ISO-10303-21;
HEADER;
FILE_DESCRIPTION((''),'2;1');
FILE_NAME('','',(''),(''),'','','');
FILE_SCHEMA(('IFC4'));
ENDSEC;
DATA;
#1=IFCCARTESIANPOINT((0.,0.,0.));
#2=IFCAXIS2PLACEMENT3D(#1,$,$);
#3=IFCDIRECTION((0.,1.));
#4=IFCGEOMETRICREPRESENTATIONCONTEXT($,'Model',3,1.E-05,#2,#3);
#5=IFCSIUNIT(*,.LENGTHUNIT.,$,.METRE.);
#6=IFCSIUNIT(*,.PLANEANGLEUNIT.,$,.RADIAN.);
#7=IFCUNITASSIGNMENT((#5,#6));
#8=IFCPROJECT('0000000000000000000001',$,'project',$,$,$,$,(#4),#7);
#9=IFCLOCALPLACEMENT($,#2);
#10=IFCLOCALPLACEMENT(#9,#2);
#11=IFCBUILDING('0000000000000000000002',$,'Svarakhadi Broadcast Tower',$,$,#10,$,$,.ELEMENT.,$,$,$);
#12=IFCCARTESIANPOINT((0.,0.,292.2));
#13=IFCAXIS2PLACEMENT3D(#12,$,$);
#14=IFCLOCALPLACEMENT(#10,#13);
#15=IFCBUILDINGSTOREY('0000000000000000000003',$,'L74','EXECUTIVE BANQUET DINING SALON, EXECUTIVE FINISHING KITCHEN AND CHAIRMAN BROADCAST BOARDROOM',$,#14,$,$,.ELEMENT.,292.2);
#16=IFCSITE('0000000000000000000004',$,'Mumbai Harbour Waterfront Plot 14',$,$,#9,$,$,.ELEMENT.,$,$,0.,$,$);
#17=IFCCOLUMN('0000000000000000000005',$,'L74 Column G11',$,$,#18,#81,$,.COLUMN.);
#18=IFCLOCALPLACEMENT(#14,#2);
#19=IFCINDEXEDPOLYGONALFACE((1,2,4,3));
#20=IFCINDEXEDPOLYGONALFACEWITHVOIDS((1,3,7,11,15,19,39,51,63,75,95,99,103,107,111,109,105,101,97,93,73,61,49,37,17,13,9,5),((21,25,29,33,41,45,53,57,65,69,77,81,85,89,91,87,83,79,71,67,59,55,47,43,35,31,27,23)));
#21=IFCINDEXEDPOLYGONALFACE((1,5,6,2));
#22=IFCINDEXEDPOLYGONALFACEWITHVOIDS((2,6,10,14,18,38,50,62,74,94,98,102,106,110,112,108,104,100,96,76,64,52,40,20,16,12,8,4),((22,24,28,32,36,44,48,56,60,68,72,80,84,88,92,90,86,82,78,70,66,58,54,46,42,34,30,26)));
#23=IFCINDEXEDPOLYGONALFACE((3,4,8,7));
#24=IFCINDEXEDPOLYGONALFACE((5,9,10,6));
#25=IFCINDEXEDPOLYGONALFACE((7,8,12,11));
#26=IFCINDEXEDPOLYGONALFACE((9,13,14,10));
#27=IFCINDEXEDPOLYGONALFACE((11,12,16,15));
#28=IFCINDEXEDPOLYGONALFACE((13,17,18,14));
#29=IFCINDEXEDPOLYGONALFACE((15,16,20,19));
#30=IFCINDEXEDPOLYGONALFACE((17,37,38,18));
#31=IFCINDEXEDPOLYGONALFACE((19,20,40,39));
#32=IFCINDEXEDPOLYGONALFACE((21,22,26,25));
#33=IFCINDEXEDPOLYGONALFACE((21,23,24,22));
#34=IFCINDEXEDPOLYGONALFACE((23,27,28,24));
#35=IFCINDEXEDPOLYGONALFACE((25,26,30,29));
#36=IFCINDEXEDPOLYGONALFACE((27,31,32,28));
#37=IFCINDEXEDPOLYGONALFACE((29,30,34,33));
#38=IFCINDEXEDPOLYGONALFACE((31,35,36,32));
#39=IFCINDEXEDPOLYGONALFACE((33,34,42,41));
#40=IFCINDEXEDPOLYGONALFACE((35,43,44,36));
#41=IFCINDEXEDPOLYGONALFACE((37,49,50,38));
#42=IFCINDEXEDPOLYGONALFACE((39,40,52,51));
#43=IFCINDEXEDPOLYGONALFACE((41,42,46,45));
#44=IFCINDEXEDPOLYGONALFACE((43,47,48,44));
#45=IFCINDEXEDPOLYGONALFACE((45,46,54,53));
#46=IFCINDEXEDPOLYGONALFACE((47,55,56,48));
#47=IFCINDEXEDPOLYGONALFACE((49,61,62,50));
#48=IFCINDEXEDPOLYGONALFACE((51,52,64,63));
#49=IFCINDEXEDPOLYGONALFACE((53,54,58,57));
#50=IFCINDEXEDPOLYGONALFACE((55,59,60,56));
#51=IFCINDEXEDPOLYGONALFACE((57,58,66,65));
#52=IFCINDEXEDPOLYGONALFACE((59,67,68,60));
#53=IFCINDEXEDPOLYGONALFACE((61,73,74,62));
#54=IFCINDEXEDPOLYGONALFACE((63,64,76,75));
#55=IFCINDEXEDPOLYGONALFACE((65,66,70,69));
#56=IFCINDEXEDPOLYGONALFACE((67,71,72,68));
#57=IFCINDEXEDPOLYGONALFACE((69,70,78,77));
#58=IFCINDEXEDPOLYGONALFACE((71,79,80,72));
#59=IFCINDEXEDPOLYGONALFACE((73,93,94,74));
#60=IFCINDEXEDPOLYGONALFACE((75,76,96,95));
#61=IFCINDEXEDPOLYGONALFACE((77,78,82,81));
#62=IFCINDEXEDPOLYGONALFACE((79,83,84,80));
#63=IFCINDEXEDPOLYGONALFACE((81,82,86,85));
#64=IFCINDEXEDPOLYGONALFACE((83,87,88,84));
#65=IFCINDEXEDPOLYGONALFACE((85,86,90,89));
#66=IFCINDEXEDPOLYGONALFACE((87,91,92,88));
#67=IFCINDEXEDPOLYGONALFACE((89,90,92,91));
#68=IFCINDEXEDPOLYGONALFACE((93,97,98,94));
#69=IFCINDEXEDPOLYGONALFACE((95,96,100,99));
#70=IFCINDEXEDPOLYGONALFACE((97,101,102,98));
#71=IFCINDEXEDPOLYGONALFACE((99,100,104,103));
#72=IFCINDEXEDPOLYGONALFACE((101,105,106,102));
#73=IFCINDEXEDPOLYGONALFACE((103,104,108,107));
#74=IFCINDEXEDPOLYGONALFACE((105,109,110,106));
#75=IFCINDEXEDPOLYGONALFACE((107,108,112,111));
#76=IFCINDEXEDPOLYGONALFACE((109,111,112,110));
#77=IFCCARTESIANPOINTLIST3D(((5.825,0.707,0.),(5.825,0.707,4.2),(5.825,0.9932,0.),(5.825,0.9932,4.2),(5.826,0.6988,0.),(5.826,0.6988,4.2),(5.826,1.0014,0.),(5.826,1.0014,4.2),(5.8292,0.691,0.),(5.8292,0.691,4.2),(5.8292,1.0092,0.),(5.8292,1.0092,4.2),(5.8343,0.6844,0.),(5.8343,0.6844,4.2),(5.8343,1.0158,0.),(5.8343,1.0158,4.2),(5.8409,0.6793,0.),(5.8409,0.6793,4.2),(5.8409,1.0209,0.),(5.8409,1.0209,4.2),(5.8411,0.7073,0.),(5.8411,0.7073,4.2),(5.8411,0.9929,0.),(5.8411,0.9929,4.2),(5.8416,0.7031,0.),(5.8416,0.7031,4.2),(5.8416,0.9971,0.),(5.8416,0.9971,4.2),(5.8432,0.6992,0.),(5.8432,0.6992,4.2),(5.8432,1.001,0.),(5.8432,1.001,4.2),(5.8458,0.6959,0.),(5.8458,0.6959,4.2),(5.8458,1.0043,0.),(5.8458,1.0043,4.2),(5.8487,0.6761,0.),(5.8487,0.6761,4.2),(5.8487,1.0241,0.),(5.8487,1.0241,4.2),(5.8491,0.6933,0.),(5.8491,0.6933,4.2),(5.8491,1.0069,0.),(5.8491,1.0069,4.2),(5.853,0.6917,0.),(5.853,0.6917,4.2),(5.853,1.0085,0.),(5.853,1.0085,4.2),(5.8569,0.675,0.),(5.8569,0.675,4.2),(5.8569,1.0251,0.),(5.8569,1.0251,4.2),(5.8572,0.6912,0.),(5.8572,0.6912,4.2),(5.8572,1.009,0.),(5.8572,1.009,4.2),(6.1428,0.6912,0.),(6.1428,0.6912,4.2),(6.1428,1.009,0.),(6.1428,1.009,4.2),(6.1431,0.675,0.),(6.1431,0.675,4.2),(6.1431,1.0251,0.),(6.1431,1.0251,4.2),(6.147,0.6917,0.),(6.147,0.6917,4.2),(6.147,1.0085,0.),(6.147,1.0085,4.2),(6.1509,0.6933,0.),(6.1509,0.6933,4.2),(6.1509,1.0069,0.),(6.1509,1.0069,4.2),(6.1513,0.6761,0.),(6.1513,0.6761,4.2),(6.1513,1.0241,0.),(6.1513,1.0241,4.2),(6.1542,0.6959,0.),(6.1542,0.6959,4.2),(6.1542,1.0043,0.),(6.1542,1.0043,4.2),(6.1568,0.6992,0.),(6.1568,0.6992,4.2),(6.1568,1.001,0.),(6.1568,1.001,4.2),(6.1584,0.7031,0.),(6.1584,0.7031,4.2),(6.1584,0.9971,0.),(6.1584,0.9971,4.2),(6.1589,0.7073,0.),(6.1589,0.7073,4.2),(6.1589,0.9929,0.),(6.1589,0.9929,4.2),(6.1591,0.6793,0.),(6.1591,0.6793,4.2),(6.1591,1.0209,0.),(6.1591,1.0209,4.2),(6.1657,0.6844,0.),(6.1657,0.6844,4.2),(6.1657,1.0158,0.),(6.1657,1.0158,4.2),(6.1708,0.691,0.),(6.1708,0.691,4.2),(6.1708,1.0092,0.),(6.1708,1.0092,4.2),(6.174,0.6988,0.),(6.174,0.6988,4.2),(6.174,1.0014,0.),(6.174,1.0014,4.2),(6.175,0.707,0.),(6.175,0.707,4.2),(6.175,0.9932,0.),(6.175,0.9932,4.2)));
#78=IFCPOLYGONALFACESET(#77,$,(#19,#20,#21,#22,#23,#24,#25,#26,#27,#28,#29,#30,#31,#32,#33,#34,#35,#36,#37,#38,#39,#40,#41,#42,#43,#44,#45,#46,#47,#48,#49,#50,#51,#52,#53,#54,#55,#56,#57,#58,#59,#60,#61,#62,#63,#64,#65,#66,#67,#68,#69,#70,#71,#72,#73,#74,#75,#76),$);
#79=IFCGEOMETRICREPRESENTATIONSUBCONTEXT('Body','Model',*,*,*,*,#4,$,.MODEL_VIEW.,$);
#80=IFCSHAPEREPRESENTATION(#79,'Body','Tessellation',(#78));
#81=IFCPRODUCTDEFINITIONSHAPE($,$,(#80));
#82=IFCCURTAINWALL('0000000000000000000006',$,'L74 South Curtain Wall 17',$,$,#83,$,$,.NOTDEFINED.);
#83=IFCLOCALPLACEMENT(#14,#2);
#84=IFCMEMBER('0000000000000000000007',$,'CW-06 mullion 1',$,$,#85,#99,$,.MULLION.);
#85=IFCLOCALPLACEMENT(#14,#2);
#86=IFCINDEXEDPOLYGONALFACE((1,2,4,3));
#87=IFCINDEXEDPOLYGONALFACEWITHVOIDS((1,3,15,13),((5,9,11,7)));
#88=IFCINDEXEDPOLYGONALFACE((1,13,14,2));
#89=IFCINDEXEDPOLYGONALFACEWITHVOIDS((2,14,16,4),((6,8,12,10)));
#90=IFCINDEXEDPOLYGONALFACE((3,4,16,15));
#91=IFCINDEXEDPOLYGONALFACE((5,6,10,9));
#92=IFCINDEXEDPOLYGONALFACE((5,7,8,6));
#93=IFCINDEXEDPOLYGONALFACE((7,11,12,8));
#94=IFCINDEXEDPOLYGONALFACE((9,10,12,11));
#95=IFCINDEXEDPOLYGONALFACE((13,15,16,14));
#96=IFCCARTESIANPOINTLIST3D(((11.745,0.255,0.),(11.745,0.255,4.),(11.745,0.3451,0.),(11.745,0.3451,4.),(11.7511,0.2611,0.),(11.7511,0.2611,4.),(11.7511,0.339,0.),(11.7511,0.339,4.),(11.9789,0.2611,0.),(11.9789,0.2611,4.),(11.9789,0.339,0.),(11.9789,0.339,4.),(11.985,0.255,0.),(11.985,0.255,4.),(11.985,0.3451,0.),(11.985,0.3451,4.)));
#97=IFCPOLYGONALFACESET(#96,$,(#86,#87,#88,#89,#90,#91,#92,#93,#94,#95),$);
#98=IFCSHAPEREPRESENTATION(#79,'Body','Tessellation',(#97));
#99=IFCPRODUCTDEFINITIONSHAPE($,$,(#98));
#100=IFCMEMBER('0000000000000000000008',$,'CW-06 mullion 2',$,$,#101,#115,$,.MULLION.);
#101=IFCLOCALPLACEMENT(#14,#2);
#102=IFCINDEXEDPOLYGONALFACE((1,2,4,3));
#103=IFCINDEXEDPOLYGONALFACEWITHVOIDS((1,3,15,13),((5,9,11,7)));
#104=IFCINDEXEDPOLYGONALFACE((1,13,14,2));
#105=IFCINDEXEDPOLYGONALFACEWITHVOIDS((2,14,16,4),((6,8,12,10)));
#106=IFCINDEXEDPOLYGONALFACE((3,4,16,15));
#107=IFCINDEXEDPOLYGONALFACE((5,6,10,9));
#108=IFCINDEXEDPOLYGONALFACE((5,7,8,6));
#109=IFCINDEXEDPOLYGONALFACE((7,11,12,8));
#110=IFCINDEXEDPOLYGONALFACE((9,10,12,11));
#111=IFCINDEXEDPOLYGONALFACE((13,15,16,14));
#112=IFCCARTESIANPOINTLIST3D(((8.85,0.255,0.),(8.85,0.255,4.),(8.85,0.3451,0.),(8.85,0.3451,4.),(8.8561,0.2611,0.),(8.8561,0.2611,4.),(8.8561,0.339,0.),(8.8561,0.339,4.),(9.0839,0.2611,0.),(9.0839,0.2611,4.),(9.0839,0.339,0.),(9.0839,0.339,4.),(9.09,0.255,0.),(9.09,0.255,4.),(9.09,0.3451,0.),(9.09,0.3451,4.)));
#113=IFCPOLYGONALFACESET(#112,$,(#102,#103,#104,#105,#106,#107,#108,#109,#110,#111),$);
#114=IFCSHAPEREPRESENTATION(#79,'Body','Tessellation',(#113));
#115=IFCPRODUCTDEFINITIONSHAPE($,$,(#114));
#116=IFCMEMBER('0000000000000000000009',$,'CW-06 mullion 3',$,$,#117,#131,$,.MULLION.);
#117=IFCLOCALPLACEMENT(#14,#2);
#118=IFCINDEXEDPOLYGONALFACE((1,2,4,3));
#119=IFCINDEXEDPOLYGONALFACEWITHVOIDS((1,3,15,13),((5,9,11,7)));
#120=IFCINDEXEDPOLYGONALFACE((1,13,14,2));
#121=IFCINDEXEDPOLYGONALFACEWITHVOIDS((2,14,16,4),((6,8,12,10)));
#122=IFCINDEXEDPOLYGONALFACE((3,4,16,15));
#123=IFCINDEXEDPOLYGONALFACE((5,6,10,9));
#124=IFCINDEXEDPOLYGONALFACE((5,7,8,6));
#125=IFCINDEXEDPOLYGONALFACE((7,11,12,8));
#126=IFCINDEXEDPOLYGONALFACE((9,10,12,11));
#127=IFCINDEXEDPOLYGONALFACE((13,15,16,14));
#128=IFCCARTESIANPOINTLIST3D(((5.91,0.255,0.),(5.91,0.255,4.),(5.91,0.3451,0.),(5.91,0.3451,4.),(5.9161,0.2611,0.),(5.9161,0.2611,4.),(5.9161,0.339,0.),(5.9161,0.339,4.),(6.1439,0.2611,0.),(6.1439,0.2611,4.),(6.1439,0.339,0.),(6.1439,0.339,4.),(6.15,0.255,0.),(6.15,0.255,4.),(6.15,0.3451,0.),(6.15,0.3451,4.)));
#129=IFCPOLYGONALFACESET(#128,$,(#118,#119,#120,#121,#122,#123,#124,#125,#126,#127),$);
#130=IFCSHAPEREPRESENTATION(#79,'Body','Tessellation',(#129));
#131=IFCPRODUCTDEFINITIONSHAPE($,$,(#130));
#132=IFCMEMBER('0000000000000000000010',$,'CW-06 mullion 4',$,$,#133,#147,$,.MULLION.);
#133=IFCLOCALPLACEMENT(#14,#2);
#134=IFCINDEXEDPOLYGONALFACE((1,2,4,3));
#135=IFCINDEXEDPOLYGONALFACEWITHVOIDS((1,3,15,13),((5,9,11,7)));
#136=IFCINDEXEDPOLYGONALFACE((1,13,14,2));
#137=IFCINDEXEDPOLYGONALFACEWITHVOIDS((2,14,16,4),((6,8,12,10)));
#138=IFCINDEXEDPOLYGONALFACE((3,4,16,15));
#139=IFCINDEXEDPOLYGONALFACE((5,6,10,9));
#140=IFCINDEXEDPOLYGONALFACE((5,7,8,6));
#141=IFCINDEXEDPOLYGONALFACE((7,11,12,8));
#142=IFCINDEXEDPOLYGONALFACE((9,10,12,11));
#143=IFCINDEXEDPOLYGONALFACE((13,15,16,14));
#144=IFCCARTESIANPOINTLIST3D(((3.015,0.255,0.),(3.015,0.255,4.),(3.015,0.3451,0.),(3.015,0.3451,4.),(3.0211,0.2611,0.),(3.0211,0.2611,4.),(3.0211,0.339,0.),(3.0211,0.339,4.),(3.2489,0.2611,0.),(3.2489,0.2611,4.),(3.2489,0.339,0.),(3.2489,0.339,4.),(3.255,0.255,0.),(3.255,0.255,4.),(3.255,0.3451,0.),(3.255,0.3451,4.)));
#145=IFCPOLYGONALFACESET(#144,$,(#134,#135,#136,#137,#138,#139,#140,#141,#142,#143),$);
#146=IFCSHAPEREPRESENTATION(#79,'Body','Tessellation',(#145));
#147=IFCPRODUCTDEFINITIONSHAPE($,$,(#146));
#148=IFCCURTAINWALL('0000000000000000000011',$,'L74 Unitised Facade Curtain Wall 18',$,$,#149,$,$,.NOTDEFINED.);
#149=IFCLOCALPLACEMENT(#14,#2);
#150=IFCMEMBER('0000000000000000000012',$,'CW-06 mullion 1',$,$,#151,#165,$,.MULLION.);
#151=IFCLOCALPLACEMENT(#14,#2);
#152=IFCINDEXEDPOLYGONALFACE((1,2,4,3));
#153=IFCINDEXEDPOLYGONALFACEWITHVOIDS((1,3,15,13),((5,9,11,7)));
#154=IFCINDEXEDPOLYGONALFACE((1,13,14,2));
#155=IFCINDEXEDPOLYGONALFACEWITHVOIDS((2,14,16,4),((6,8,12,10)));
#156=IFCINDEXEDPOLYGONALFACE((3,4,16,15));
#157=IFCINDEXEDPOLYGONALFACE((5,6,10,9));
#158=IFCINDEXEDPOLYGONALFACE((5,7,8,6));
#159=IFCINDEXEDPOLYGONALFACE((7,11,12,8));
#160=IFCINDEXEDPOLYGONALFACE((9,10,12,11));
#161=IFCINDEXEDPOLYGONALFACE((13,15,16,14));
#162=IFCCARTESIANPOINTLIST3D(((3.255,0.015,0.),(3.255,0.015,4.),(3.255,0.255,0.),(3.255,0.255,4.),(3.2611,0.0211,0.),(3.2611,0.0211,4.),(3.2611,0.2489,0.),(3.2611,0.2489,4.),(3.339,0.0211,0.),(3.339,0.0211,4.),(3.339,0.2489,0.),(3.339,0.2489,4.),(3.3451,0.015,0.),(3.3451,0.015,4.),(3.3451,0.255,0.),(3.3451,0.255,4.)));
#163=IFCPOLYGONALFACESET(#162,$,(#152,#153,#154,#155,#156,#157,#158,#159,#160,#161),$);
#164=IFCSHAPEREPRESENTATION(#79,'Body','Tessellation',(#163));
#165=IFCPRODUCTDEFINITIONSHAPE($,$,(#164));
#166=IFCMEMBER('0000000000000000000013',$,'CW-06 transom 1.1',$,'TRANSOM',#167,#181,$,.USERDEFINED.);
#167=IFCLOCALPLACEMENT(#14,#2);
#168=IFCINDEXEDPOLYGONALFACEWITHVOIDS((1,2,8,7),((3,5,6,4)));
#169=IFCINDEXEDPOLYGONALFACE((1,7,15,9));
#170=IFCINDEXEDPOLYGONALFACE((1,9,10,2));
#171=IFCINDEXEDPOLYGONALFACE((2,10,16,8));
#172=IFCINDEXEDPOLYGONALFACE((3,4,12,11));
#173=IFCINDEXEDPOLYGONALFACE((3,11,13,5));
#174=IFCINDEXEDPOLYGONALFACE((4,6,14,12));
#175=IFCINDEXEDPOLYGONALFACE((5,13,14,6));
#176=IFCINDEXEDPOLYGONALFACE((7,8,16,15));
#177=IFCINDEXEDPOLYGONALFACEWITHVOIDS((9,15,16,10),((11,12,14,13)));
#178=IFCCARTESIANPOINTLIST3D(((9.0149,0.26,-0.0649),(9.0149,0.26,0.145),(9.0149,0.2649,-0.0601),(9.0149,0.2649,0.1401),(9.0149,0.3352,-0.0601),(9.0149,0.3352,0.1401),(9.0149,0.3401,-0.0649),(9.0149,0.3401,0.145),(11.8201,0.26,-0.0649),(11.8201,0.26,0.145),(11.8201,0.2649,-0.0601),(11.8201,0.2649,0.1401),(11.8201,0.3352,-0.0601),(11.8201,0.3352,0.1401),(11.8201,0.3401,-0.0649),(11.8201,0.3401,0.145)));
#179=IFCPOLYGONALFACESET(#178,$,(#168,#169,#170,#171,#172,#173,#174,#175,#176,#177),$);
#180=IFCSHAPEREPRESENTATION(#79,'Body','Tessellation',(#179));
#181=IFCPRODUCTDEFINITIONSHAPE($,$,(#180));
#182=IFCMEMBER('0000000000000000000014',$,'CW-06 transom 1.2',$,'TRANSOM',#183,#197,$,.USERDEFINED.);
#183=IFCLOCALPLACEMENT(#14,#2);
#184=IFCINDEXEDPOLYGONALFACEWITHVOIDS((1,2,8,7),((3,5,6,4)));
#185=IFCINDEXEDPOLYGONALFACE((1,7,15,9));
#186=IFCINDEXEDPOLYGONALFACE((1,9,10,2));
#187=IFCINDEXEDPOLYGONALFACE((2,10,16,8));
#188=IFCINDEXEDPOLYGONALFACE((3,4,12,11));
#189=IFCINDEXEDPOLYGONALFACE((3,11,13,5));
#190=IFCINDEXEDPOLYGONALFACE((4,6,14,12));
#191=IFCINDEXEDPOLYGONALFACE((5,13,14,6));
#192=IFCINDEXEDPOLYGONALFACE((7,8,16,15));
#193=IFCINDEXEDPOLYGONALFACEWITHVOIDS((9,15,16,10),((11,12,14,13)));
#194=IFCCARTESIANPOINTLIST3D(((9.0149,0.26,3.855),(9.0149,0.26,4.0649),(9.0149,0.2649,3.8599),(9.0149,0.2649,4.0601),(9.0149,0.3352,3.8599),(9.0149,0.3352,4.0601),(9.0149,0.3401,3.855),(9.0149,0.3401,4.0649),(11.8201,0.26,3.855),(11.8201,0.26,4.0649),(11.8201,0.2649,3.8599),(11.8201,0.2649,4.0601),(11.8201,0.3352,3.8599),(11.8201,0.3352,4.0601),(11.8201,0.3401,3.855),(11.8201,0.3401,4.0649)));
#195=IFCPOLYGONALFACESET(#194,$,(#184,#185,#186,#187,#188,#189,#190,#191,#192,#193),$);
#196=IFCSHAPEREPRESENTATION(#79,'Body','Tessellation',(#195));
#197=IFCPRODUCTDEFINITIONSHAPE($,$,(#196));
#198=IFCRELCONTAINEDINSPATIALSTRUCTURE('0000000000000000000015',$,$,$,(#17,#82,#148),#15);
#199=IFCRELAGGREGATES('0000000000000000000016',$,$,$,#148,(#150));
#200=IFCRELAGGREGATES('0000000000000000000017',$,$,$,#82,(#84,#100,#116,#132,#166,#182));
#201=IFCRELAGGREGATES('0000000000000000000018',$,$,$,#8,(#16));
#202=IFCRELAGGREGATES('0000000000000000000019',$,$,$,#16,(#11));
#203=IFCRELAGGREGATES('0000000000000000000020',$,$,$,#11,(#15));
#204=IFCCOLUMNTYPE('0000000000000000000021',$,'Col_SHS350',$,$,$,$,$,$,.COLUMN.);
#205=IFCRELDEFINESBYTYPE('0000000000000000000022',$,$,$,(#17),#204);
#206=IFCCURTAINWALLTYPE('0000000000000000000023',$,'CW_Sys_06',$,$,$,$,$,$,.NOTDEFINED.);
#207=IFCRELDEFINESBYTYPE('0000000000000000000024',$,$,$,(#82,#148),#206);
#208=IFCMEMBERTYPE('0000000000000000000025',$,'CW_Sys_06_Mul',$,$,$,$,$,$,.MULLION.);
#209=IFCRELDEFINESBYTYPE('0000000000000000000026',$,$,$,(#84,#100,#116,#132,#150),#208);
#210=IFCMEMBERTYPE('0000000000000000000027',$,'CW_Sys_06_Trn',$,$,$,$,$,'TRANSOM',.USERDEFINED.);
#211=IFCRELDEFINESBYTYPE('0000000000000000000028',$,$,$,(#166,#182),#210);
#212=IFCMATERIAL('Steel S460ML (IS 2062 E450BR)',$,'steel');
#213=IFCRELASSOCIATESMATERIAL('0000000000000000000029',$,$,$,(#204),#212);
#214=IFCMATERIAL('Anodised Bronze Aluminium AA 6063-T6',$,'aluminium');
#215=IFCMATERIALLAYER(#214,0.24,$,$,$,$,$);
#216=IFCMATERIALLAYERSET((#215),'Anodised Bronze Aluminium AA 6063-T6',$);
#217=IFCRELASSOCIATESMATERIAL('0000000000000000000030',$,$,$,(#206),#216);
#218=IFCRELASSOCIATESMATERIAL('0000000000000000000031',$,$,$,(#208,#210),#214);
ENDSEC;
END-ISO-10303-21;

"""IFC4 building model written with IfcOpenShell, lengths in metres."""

from ifc_helpers import new_model, si_unit, direction, frame, origin, origin_2d, place, context, subcontext, project, spatial, hollow_rectangle, extrude, material, layer, layer_set, material_profile, profile_set, type_object, element, aggregate, save


model = new_model("IFC4")

# Units and contexts
model_context = context("Model", 3, precision=1e-05, world=origin(), true_north=direction((0.0, 1.0)))
body_context = subcontext(model_context, "Body", "Model", "MODEL_VIEW")
ifc_project = project(units=[si_unit("LENGTHUNIT", "METRE"), si_unit("PLANEANGLEUNIT", "RADIAN")], contexts=[model_context])

# Site, building, storey
site_placement = place(None, origin())
site = spatial("IfcSite", under=ifc_project, at=site_placement, Name="Mumbai Harbour Waterfront Plot 14", CompositionType="ELEMENT", RefElevation=0.0)
building_placement = place(site_placement, origin())
building = spatial("IfcBuilding", under=site, at=building_placement, Name="Svarakhadi Broadcast Tower", CompositionType="ELEMENT")
storey_placement = place(building_placement, frame((0.0, 0.0, 292.2)))
storey = spatial("IfcBuildingStorey", under=building, at=storey_placement, Name="L74", Description="EXECUTIVE BANQUET DINING SALON, EXECUTIVE FINISHING KITCHEN AND CHAIRMAN BROADCAST BOARDROOM", CompositionType="ELEMENT", Elevation=292.2)

# Column
ifc_material_1 = material(Name="Steel S460ML (IS 2062 E450BR)", Category="steel")
ifc_material_profile_1 = material_profile(ifc_material_1, hollow_rectangle(XDim=0.3501, YDim=0.3501, WallThickness=0.0161, InnerFilletRadius=0.0161, OuterFilletRadius=0.032, at=origin_2d()), Name="SHS 350x350x16")
ifc_profile_set_1 = profile_set([ifc_material_profile_1], Name="Steel S460ML (IS 2062 E450BR)")
column_type = type_object("IfcColumnType", Name="Col_SHS350", PredefinedType="COLUMN", material=ifc_profile_set_1)
column_placement = place(storey_placement, frame((6.0, 0.8501, 0.0), z_axis=(0.0, 0.0, 1.0), x_axis=(1.0, 0.0, 0.0)))
element("IfcColumn", 1, at=column_placement, inside=storey, type_object=column_type, Name="L74 Column G11", PredefinedType="COLUMN", context=body_context, shape_type="SweptSolid", body=[
    extrude(hollow_rectangle(XDim=0.3501, YDim=0.3501, WallThickness=0.0161, InnerFilletRadius=0.0161, OuterFilletRadius=0.032, at=origin_2d()), origin(), (0.0, 0.0, 1.0), 4.2),
])

# Curtain wall, members
ifc_material_2 = material(Name="Anodised Bronze Aluminium AA 6063-T6", Category="aluminium")
ifc_layer_1 = layer(ifc_material_2, 0.24)
ifc_layer_set_1 = layer_set([ifc_layer_1], Name="Anodised Bronze Aluminium AA 6063-T6")
curtain_wall_type = type_object("IfcCurtainWallType", Name="CW_Sys_06", PredefinedType="NOTDEFINED", material=ifc_layer_set_1)
curtain_wall_1_placement = place(storey_placement, origin())
curtain_wall_1 = element("IfcCurtainWall", 2, at=curtain_wall_1_placement, inside=storey, type_object=curtain_wall_type, Name="L74 South Curtain Wall 17", PredefinedType="NOTDEFINED")
ifc_material_profile_2 = material_profile(ifc_material_2, hollow_rectangle(XDim=0.0901, YDim=0.24, WallThickness=0.0061, at=origin_2d()), Name="ALU MULLION 240x90x6")
ifc_profile_set_2 = profile_set([ifc_material_profile_2], Name="Anodised Bronze Aluminium AA 6063-T6")
member_type_1 = type_object("IfcMemberType", Name="CW_Sys_06_Mul", PredefinedType="MULLION", material=ifc_profile_set_2)
member_1_placement = place(storey_placement, frame((11.865, 0.3, 0.0), z_axis=(0.0, 0.0, 1.0), x_axis=(0.0, -1.0, 0.0)))
member_1 = element("IfcMember", 3, at=member_1_placement, type_object=member_type_1, Name="CW-06 mullion 1", PredefinedType="MULLION", context=body_context, shape_type="SweptSolid", body=[
    extrude(hollow_rectangle(XDim=0.0901, YDim=0.24, WallThickness=0.0061, at=origin_2d()), origin(), (0.0, 0.0, 1.0), 4.0),
])
member_2_placement = place(storey_placement, frame((8.97, 0.3, 0.0), z_axis=(0.0, 0.0, 1.0), x_axis=(0.0, -1.0, 0.0)))
member_2 = element("IfcMember", 4, at=member_2_placement, type_object=member_type_1, Name="CW-06 mullion 2", PredefinedType="MULLION", context=body_context, shape_type="SweptSolid", body=[
    extrude(hollow_rectangle(XDim=0.0901, YDim=0.24, WallThickness=0.0061, at=origin_2d()), origin(), (0.0, 0.0, 1.0), 4.0),
])
member_3_placement = place(storey_placement, frame((6.03, 0.3, 0.0), z_axis=(0.0, 0.0, 1.0), x_axis=(0.0, -1.0, 0.0)))
member_3 = element("IfcMember", 5, at=member_3_placement, type_object=member_type_1, Name="CW-06 mullion 3", PredefinedType="MULLION", context=body_context, shape_type="SweptSolid", body=[
    extrude(hollow_rectangle(XDim=0.0901, YDim=0.24, WallThickness=0.0061, at=origin_2d()), origin(), (0.0, 0.0, 1.0), 4.0),
])
member_4_placement = place(storey_placement, frame((3.135, 0.3, 0.0), z_axis=(0.0, 0.0, 1.0), x_axis=(0.0, -1.0, 0.0)))
member_4 = element("IfcMember", 6, at=member_4_placement, type_object=member_type_1, Name="CW-06 mullion 4", PredefinedType="MULLION", context=body_context, shape_type="SweptSolid", body=[
    extrude(hollow_rectangle(XDim=0.0901, YDim=0.24, WallThickness=0.0061, at=origin_2d()), origin(), (0.0, 0.0, 1.0), 4.0),
])

# Curtain wall, member
curtain_wall_2_placement = place(storey_placement, origin())
curtain_wall_2 = element("IfcCurtainWall", 7, at=curtain_wall_2_placement, inside=storey, type_object=curtain_wall_type, Name="L74 Unitised Facade Curtain Wall 18", PredefinedType="NOTDEFINED")
member_5_placement = place(storey_placement, frame((3.3, 0.135, 0.0), z_axis=(0.0, 0.0, 1.0), x_axis=(-1.0, 0.0, 0.0)))
member_5 = element("IfcMember", 8, at=member_5_placement, type_object=member_type_1, Name="CW-06 mullion 1", PredefinedType="MULLION", context=body_context, shape_type="SweptSolid", body=[
    extrude(hollow_rectangle(XDim=0.0901, YDim=0.24, WallThickness=0.0061, at=origin_2d()), origin(), (0.0, 0.0, 1.0), 4.0),
])

# Members
ifc_material_profile_3 = material_profile(ifc_material_2, hollow_rectangle(XDim=0.0801, YDim=0.21, WallThickness=0.0049, at=origin_2d()), Name="ALU TRANSOM 210x80x5")
ifc_profile_set_3 = profile_set([ifc_material_profile_3], Name="Anodised Bronze Aluminium AA 6063-T6")
member_type_2 = type_object("IfcMemberType", Name="CW_Sys_06_Trn", ElementType="TRANSOM", PredefinedType="USERDEFINED", material=ifc_profile_set_3)
member_6_placement = place(storey_placement, frame((11.8201, 0.3, 0.04), z_axis=(-1.0, 0.0, 0.0), x_axis=(0.0, -1.0, 0.0)))
member_6 = element("IfcMember", 9, at=member_6_placement, type_object=member_type_2, Name="CW-06 transom 1.1", ObjectType="TRANSOM", PredefinedType="USERDEFINED", context=body_context, shape_type="SweptSolid", body=[
    extrude(hollow_rectangle(XDim=0.0801, YDim=0.21, WallThickness=0.0049, at=origin_2d()), origin(), (0.0, 0.0, 1.0), 2.8052),
])
member_7_placement = place(storey_placement, frame((11.8201, 0.3, 3.96), z_axis=(-1.0, 0.0, 0.0), x_axis=(0.0, -1.0, 0.0)))
member_7 = element("IfcMember", 10, at=member_7_placement, type_object=member_type_2, Name="CW-06 transom 1.2", ObjectType="TRANSOM", PredefinedType="USERDEFINED", context=body_context, shape_type="SweptSolid", body=[
    extrude(hollow_rectangle(XDim=0.0801, YDim=0.21, WallThickness=0.0049, at=origin_2d()), origin(), (0.0, 0.0, 1.0), 2.8052),
])
aggregate(curtain_wall_2, [member_5])

aggregate(curtain_wall_1, [member_1, member_2, member_3, member_4, member_6, member_7])

save(model, "model.ifc")
